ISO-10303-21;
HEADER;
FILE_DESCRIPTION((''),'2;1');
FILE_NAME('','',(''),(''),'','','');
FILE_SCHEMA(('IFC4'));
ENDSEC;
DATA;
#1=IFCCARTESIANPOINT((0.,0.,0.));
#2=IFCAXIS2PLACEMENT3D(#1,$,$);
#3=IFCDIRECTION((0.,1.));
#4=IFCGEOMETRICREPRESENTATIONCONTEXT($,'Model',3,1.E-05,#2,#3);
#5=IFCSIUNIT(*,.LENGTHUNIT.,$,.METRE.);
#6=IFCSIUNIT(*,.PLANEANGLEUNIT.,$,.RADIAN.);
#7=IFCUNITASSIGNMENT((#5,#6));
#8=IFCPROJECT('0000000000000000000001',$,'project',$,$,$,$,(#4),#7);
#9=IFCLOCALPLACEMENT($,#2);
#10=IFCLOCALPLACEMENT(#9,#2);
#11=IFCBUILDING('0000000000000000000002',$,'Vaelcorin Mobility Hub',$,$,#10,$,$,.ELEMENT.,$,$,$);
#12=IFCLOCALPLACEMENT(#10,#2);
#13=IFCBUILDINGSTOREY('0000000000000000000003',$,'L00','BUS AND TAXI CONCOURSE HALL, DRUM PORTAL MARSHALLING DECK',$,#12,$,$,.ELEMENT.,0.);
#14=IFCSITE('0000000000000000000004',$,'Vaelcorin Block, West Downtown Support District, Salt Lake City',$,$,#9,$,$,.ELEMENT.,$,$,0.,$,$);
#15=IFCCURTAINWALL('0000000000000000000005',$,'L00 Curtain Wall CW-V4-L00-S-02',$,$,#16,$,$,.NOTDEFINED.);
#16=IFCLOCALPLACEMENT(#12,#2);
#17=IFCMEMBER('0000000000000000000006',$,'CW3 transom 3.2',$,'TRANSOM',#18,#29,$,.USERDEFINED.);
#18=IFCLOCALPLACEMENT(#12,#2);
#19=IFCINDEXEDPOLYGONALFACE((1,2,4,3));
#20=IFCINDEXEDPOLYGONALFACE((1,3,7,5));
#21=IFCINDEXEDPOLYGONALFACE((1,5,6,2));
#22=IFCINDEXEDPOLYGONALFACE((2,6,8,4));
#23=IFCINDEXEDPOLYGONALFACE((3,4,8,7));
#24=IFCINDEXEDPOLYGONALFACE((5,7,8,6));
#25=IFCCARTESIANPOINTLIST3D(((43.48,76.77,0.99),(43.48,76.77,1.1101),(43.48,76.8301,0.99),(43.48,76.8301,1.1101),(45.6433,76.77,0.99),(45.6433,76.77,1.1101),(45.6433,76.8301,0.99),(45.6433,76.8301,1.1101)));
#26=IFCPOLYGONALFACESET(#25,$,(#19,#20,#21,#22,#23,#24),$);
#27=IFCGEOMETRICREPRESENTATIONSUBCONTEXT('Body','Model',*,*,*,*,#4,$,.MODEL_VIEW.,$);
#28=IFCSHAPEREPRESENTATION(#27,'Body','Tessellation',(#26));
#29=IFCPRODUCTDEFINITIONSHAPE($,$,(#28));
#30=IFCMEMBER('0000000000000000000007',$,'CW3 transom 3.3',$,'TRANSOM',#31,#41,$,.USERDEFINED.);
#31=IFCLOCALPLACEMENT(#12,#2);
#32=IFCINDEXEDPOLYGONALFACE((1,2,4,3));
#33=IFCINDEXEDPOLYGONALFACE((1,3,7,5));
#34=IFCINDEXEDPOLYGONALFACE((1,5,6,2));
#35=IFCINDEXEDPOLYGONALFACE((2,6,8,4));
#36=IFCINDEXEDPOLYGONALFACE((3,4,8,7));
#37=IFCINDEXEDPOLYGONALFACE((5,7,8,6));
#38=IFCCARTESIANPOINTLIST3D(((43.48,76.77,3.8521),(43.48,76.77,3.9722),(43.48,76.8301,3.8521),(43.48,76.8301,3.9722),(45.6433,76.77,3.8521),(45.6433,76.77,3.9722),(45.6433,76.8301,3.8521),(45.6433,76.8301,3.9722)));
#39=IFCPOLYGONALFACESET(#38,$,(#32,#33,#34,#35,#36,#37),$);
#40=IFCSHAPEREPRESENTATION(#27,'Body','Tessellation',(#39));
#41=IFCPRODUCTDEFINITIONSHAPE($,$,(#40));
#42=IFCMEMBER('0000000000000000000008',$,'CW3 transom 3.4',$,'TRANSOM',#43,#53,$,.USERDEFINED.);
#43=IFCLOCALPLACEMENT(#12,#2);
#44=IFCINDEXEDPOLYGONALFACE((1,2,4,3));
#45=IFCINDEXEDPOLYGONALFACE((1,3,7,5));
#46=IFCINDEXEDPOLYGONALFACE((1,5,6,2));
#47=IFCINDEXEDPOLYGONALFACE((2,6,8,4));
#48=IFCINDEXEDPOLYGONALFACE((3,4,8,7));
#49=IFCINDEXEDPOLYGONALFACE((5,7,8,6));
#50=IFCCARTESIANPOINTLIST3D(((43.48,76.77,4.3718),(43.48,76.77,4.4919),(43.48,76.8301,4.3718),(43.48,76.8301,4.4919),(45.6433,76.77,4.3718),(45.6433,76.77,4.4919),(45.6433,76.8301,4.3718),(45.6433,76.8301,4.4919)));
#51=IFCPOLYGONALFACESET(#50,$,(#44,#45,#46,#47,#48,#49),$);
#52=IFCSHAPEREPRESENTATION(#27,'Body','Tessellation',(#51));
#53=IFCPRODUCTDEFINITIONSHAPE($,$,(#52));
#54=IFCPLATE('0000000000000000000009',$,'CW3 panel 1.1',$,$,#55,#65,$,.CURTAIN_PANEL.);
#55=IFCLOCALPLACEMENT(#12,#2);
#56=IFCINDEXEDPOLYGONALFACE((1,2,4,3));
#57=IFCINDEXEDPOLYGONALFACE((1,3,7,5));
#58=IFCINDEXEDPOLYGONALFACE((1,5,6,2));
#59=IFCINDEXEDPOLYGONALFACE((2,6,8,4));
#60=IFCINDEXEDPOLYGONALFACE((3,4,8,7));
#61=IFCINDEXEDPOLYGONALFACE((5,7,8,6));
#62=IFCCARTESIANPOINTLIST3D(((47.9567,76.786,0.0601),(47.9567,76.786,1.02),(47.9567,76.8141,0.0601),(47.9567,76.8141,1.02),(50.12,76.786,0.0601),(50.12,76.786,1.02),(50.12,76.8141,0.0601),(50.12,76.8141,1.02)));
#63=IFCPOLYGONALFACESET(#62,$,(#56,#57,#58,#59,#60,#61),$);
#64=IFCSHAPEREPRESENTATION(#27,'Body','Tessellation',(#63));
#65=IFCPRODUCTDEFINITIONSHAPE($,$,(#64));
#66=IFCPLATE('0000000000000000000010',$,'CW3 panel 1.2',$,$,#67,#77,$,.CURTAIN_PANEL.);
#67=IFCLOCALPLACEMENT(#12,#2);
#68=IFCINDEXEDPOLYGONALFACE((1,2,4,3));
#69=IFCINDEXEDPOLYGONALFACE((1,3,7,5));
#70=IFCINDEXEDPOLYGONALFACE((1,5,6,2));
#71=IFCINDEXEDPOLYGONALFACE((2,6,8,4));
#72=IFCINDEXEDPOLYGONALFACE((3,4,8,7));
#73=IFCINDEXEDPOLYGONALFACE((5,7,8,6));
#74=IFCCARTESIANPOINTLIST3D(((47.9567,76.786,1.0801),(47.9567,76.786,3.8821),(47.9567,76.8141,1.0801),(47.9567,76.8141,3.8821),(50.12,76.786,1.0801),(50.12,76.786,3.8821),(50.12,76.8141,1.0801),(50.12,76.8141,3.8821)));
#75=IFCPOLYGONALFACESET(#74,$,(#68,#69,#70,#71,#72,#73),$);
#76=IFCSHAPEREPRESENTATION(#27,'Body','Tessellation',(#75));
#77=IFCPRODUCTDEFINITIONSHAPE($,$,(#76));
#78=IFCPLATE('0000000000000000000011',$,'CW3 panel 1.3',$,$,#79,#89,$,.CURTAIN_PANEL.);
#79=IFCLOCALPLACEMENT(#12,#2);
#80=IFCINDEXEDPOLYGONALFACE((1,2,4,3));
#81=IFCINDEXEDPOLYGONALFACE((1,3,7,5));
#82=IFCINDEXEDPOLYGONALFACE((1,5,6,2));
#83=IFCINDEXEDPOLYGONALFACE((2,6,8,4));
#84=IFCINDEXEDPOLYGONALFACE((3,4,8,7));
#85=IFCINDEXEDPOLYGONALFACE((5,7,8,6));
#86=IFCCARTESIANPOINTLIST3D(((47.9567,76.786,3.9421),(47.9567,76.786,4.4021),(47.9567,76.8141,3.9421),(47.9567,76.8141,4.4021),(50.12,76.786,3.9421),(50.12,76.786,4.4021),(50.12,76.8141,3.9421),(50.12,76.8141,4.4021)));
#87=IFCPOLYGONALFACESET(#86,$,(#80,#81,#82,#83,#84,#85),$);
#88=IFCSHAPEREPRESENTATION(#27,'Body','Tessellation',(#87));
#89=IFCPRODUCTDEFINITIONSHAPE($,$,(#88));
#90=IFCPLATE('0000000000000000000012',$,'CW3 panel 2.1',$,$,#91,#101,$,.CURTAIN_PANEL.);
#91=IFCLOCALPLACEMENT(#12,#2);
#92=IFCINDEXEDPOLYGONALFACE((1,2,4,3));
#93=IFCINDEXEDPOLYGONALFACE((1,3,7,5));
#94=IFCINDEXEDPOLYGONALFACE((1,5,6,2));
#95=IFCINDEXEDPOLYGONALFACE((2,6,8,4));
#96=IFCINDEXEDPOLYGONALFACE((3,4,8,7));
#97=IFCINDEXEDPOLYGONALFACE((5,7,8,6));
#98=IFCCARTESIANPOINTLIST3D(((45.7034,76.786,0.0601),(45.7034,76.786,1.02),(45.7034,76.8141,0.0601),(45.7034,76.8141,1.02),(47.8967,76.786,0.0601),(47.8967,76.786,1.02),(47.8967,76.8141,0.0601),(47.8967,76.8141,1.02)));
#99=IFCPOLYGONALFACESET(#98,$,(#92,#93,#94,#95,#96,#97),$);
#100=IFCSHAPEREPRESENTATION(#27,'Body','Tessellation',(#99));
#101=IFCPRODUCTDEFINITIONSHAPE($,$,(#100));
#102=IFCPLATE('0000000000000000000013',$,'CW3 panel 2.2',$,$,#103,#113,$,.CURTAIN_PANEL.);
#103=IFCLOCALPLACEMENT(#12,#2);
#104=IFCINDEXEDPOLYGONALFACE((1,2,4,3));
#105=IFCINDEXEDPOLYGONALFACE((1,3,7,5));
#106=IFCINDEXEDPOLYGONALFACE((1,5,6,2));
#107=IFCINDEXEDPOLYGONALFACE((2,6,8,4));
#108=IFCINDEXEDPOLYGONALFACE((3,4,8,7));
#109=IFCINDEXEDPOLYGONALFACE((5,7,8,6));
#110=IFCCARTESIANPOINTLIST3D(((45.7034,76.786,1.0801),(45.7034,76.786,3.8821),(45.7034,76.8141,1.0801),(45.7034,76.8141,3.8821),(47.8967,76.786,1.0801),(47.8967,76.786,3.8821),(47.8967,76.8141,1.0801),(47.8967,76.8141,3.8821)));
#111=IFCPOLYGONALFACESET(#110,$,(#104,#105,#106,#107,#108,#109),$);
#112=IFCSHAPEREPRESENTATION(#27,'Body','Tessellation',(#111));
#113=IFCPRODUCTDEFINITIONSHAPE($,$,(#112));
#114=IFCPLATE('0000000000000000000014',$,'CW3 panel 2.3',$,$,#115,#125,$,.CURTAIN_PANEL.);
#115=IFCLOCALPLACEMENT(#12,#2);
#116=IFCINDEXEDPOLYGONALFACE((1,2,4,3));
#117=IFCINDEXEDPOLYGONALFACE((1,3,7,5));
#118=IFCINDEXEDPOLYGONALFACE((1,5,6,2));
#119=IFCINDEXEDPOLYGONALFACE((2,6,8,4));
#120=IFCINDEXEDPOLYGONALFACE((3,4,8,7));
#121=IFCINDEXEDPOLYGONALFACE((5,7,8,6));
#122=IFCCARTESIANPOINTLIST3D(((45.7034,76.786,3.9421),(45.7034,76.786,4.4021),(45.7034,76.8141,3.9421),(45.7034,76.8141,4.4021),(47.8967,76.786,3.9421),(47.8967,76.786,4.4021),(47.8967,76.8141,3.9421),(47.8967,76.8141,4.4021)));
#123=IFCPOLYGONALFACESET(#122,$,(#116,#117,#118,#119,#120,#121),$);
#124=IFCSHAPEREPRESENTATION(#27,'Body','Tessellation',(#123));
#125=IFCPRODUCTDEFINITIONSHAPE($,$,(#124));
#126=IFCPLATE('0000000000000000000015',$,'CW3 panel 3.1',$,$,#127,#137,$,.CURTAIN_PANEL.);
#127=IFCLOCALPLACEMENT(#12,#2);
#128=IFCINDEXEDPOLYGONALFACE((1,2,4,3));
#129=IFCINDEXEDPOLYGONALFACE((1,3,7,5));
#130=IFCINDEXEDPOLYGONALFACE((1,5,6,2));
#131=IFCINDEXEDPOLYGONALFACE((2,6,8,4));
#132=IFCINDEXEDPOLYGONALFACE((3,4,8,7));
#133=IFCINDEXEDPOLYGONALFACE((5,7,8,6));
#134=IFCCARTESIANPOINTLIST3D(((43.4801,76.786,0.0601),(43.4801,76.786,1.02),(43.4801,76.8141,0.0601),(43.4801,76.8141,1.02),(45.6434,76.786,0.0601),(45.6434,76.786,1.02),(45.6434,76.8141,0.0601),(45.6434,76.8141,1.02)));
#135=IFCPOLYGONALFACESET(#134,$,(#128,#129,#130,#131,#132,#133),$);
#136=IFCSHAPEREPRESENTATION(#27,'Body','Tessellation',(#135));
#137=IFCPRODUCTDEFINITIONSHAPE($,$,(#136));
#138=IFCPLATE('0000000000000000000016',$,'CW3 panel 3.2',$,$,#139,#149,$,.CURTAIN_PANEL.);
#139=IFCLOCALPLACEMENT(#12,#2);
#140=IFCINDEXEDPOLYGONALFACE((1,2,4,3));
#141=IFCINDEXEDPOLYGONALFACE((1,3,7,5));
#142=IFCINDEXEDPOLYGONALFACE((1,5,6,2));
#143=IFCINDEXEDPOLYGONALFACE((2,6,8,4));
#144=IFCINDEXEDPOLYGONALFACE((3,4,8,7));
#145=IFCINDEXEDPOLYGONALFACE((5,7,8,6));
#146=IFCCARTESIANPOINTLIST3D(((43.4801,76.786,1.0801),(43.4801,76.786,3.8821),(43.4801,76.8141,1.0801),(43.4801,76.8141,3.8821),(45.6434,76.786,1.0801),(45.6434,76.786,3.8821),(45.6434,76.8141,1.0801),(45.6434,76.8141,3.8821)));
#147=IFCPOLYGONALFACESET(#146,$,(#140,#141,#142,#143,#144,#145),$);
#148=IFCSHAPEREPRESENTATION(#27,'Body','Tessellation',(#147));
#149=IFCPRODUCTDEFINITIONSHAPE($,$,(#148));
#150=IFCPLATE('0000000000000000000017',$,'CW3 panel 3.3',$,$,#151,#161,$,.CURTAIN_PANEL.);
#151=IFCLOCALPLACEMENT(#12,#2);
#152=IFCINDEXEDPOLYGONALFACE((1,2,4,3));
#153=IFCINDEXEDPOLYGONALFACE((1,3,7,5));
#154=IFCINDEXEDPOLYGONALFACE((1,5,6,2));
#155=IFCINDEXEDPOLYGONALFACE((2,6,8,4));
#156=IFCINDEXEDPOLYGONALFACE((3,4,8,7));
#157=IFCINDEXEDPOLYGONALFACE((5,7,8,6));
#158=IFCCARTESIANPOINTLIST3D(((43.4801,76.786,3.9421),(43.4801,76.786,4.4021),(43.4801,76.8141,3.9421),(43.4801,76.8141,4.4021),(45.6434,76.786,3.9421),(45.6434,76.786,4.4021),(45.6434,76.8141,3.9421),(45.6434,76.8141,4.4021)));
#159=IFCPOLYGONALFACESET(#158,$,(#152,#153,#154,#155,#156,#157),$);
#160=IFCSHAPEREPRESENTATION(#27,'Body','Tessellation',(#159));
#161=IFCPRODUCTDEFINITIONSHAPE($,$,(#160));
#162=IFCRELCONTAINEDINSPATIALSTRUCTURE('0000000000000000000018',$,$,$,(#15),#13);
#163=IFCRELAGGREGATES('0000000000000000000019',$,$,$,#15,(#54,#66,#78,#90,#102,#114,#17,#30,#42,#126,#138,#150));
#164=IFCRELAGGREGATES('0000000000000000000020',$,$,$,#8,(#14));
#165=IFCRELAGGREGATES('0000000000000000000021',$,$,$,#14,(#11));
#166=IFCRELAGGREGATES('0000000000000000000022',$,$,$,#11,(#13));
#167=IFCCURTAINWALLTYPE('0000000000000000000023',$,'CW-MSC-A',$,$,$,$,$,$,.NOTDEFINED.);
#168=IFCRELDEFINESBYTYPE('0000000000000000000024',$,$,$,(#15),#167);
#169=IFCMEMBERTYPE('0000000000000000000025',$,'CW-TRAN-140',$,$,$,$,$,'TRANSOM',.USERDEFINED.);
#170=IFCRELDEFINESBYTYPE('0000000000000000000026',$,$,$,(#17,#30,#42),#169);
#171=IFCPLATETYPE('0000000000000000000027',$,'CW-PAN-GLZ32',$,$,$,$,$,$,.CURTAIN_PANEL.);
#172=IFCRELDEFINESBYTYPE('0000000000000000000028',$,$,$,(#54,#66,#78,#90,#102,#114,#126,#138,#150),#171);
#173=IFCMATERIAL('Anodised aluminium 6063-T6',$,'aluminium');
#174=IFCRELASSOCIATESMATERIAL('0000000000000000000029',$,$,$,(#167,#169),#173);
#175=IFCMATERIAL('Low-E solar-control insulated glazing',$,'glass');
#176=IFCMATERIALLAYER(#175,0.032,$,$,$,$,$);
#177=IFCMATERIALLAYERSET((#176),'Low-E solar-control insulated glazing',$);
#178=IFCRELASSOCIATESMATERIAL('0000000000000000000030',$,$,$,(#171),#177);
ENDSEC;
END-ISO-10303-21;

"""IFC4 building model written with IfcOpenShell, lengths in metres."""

from ifc_helpers import new_model, si_unit, direction, frame, origin, origin_2d, place, context, subcontext, project, spatial, rectangle, extrude, material, layer, layer_set, material_profile, profile_set, type_object, element, aggregate, save


model = new_model("IFC4")

# Units and contexts
model_context = context("Model", 3, precision=1e-05, world=origin(), true_north=direction((0.0, 1.0)))
body_context = subcontext(model_context, "Body", "Model", "MODEL_VIEW")
ifc_project = project(units=[si_unit("LENGTHUNIT", "METRE"), si_unit("PLANEANGLEUNIT", "RADIAN")], contexts=[model_context])

# Site, building, storey
site_placement = place(None, origin())
site = spatial("IfcSite", under=ifc_project, at=site_placement, Name="Vaelcorin Block, West Downtown Support District, Salt Lake City", CompositionType="ELEMENT", RefElevation=0.0)
building_placement = place(site_placement, origin())
building = spatial("IfcBuilding", under=site, at=building_placement, Name="Vaelcorin Mobility Hub", CompositionType="ELEMENT")
storey_placement = place(building_placement, origin())
storey = spatial("IfcBuildingStorey", under=building, at=storey_placement, Name="L00", Description="BUS AND TAXI CONCOURSE HALL, DRUM PORTAL MARSHALLING DECK", CompositionType="ELEMENT", Elevation=0.0)

# Curtain wall, members, plates
ifc_material_1 = material(Name="Anodised aluminium 6063-T6", Category="aluminium")
curtain_wall_type = type_object("IfcCurtainWallType", Name="CW-MSC-A", PredefinedType="NOTDEFINED", material=ifc_material_1)
curtain_wall_placement = place(storey_placement, origin())
curtain_wall = element("IfcCurtainWall", 1, at=curtain_wall_placement, inside=storey, type_object=curtain_wall_type, Name="L00 Curtain Wall CW-V4-L00-S-02", PredefinedType="NOTDEFINED")
ifc_material_profile_1 = material_profile(ifc_material_1, rectangle(XDim=0.0601, YDim=0.1201, at=origin_2d()), Name="ALU-T60X120")
ifc_profile_set_1 = profile_set([ifc_material_profile_1], Name="Anodised aluminium 6063-T6")
member_type_1 = type_object("IfcMemberType", Name="CW-TRAN-140", ElementType="TRANSOM", PredefinedType="USERDEFINED", material=ifc_profile_set_1)
member_1_placement = place(storey_placement, frame((45.6433, 76.8, 1.05), z_axis=(-1.0, 0.0, 0.0), x_axis=(0.0, -1.0, 0.0)))
member_1 = element("IfcMember", 2, at=member_1_placement, type_object=member_type_1, Name="CW3 transom 3.2", ObjectType="TRANSOM", PredefinedType="USERDEFINED", context=body_context, shape_type="SweptSolid", body=[
    extrude(rectangle(XDim=0.0601, YDim=0.1201, at=origin_2d()), origin(), (0.0, 0.0, 1.0), 2.1633),
])
member_2_placement = place(storey_placement, frame((45.6433, 76.8, 3.9121), z_axis=(-1.0, 0.0, 0.0), x_axis=(0.0, -1.0, 0.0)))
member_2 = element("IfcMember", 3, at=member_2_placement, type_object=member_type_1, Name="CW3 transom 3.3", ObjectType="TRANSOM", PredefinedType="USERDEFINED", context=body_context, shape_type="SweptSolid", body=[
    extrude(rectangle(XDim=0.0601, YDim=0.1201, at=origin_2d()), origin(), (0.0, 0.0, 1.0), 2.1633),
])
member_3_placement = place(storey_placement, frame((45.6433, 76.8, 4.4319), z_axis=(-1.0, 0.0, 0.0), x_axis=(0.0, -1.0, 0.0)))
member_3 = element("IfcMember", 4, at=member_3_placement, type_object=member_type_1, Name="CW3 transom 3.4", ObjectType="TRANSOM", PredefinedType="USERDEFINED", context=body_context, shape_type="SweptSolid", body=[
    extrude(rectangle(XDim=0.0601, YDim=0.1201, at=origin_2d()), origin(), (0.0, 0.0, 1.0), 2.1633),
])
ifc_material_2 = material(Name="Low-E solar-control insulated glazing", Category="glass")
ifc_layer = layer(ifc_material_2, 0.032)
ifc_layer_set = layer_set([ifc_layer], Name="Low-E solar-control insulated glazing")
plate_type = type_object("IfcPlateType", Name="CW-PAN-GLZ32", PredefinedType="CURTAIN_PANEL", material=ifc_layer_set)
plate_1_placement = place(storey_placement, frame((49.0383, 76.8, 0.0601), z_axis=(0.0, 0.0, 1.0), x_axis=(-1.0, 0.0, 0.0)))
plate_1 = element("IfcPlate", 5, at=plate_1_placement, type_object=plate_type, Name="CW3 panel 1.1", PredefinedType="CURTAIN_PANEL", context=body_context, shape_type="SweptSolid", body=[
    extrude(rectangle(XDim=2.1633, YDim=0.0281, at=origin_2d()), origin(), (0.0, 0.0, 1.0), 0.96),
])
plate_2_placement = place(storey_placement, frame((49.0383, 76.8, 1.0801), z_axis=(0.0, 0.0, 1.0), x_axis=(-1.0, 0.0, 0.0)))
plate_2 = element("IfcPlate", 6, at=plate_2_placement, type_object=plate_type, Name="CW3 panel 1.2", PredefinedType="CURTAIN_PANEL", context=body_context, shape_type="SweptSolid", body=[
    extrude(rectangle(XDim=2.1633, YDim=0.0281, at=origin_2d()), origin(), (0.0, 0.0, 1.0), 2.802),
])
plate_3_placement = place(storey_placement, frame((49.0383, 76.8, 3.9421), z_axis=(0.0, 0.0, 1.0), x_axis=(-1.0, 0.0, 0.0)))
plate_3 = element("IfcPlate", 7, at=plate_3_placement, type_object=plate_type, Name="CW3 panel 1.3", PredefinedType="CURTAIN_PANEL", context=body_context, shape_type="SweptSolid", body=[
    extrude(rectangle(XDim=2.1633, YDim=0.0281, at=origin_2d()), origin(), (0.0, 0.0, 1.0), 0.46),
])
plate_4_placement = place(storey_placement, frame((46.8, 76.8, 0.0601), z_axis=(0.0, 0.0, 1.0), x_axis=(-1.0, 0.0, 0.0)))
plate_4 = element("IfcPlate", 8, at=plate_4_placement, type_object=plate_type, Name="CW3 panel 2.1", PredefinedType="CURTAIN_PANEL", context=body_context, shape_type="SweptSolid", body=[
    extrude(rectangle(XDim=2.1934, YDim=0.0281, at=origin_2d()), origin(), (0.0, 0.0, 1.0), 0.96),
])
plate_5_placement = place(storey_placement, frame((46.8, 76.8, 1.0801), z_axis=(0.0, 0.0, 1.0), x_axis=(-1.0, 0.0, 0.0)))
plate_5 = element("IfcPlate", 9, at=plate_5_placement, type_object=plate_type, Name="CW3 panel 2.2", PredefinedType="CURTAIN_PANEL", context=body_context, shape_type="SweptSolid", body=[
    extrude(rectangle(XDim=2.1934, YDim=0.0281, at=origin_2d()), origin(), (0.0, 0.0, 1.0), 2.802),
])
plate_6_placement = place(storey_placement, frame((46.8, 76.8, 3.9421), z_axis=(0.0, 0.0, 1.0), x_axis=(-1.0, 0.0, 0.0)))
plate_6 = element("IfcPlate", 10, at=plate_6_placement, type_object=plate_type, Name="CW3 panel 2.3", PredefinedType="CURTAIN_PANEL", context=body_context, shape_type="SweptSolid", body=[
    extrude(rectangle(XDim=2.1934, YDim=0.0281, at=origin_2d()), origin(), (0.0, 0.0, 1.0), 0.46),
])
plate_7_placement = place(storey_placement, frame((44.5618, 76.8, 0.0601), z_axis=(0.0, 0.0, 1.0), x_axis=(-1.0, 0.0, 0.0)))
plate_7 = element("IfcPlate", 11, at=plate_7_placement, type_object=plate_type, Name="CW3 panel 3.1", PredefinedType="CURTAIN_PANEL", context=body_context, shape_type="SweptSolid", body=[
    extrude(rectangle(XDim=2.1633, YDim=0.0281, at=origin_2d()), origin(), (0.0, 0.0, 1.0), 0.96),
])
plate_8_placement = place(storey_placement, frame((44.5618, 76.8, 1.0801), z_axis=(0.0, 0.0, 1.0), x_axis=(-1.0, 0.0, 0.0)))
plate_8 = element("IfcPlate", 12, at=plate_8_placement, type_object=plate_type, Name="CW3 panel 3.2", PredefinedType="CURTAIN_PANEL", context=body_context, shape_type="SweptSolid", body=[
    extrude(rectangle(XDim=2.1633, YDim=0.0281, at=origin_2d()), origin(), (0.0, 0.0, 1.0), 2.802),
])
plate_9_placement = place(storey_placement, frame((44.5618, 76.8, 3.9421), z_axis=(0.0, 0.0, 1.0), x_axis=(-1.0, 0.0, 0.0)))
plate_9 = element("IfcPlate", 13, at=plate_9_placement, type_object=plate_type, Name="CW3 panel 3.3", PredefinedType="CURTAIN_PANEL", context=body_context, shape_type="SweptSolid", body=[
    extrude(rectangle(XDim=2.1633, YDim=0.0281, at=origin_2d()), origin(), (0.0, 0.0, 1.0), 0.46),
])
aggregate(curtain_wall, [plate_1, plate_2, plate_3, plate_4, plate_5, plate_6, member_1, member_2, member_3, plate_7, plate_8, plate_9])

save(model, "model.ifc")
